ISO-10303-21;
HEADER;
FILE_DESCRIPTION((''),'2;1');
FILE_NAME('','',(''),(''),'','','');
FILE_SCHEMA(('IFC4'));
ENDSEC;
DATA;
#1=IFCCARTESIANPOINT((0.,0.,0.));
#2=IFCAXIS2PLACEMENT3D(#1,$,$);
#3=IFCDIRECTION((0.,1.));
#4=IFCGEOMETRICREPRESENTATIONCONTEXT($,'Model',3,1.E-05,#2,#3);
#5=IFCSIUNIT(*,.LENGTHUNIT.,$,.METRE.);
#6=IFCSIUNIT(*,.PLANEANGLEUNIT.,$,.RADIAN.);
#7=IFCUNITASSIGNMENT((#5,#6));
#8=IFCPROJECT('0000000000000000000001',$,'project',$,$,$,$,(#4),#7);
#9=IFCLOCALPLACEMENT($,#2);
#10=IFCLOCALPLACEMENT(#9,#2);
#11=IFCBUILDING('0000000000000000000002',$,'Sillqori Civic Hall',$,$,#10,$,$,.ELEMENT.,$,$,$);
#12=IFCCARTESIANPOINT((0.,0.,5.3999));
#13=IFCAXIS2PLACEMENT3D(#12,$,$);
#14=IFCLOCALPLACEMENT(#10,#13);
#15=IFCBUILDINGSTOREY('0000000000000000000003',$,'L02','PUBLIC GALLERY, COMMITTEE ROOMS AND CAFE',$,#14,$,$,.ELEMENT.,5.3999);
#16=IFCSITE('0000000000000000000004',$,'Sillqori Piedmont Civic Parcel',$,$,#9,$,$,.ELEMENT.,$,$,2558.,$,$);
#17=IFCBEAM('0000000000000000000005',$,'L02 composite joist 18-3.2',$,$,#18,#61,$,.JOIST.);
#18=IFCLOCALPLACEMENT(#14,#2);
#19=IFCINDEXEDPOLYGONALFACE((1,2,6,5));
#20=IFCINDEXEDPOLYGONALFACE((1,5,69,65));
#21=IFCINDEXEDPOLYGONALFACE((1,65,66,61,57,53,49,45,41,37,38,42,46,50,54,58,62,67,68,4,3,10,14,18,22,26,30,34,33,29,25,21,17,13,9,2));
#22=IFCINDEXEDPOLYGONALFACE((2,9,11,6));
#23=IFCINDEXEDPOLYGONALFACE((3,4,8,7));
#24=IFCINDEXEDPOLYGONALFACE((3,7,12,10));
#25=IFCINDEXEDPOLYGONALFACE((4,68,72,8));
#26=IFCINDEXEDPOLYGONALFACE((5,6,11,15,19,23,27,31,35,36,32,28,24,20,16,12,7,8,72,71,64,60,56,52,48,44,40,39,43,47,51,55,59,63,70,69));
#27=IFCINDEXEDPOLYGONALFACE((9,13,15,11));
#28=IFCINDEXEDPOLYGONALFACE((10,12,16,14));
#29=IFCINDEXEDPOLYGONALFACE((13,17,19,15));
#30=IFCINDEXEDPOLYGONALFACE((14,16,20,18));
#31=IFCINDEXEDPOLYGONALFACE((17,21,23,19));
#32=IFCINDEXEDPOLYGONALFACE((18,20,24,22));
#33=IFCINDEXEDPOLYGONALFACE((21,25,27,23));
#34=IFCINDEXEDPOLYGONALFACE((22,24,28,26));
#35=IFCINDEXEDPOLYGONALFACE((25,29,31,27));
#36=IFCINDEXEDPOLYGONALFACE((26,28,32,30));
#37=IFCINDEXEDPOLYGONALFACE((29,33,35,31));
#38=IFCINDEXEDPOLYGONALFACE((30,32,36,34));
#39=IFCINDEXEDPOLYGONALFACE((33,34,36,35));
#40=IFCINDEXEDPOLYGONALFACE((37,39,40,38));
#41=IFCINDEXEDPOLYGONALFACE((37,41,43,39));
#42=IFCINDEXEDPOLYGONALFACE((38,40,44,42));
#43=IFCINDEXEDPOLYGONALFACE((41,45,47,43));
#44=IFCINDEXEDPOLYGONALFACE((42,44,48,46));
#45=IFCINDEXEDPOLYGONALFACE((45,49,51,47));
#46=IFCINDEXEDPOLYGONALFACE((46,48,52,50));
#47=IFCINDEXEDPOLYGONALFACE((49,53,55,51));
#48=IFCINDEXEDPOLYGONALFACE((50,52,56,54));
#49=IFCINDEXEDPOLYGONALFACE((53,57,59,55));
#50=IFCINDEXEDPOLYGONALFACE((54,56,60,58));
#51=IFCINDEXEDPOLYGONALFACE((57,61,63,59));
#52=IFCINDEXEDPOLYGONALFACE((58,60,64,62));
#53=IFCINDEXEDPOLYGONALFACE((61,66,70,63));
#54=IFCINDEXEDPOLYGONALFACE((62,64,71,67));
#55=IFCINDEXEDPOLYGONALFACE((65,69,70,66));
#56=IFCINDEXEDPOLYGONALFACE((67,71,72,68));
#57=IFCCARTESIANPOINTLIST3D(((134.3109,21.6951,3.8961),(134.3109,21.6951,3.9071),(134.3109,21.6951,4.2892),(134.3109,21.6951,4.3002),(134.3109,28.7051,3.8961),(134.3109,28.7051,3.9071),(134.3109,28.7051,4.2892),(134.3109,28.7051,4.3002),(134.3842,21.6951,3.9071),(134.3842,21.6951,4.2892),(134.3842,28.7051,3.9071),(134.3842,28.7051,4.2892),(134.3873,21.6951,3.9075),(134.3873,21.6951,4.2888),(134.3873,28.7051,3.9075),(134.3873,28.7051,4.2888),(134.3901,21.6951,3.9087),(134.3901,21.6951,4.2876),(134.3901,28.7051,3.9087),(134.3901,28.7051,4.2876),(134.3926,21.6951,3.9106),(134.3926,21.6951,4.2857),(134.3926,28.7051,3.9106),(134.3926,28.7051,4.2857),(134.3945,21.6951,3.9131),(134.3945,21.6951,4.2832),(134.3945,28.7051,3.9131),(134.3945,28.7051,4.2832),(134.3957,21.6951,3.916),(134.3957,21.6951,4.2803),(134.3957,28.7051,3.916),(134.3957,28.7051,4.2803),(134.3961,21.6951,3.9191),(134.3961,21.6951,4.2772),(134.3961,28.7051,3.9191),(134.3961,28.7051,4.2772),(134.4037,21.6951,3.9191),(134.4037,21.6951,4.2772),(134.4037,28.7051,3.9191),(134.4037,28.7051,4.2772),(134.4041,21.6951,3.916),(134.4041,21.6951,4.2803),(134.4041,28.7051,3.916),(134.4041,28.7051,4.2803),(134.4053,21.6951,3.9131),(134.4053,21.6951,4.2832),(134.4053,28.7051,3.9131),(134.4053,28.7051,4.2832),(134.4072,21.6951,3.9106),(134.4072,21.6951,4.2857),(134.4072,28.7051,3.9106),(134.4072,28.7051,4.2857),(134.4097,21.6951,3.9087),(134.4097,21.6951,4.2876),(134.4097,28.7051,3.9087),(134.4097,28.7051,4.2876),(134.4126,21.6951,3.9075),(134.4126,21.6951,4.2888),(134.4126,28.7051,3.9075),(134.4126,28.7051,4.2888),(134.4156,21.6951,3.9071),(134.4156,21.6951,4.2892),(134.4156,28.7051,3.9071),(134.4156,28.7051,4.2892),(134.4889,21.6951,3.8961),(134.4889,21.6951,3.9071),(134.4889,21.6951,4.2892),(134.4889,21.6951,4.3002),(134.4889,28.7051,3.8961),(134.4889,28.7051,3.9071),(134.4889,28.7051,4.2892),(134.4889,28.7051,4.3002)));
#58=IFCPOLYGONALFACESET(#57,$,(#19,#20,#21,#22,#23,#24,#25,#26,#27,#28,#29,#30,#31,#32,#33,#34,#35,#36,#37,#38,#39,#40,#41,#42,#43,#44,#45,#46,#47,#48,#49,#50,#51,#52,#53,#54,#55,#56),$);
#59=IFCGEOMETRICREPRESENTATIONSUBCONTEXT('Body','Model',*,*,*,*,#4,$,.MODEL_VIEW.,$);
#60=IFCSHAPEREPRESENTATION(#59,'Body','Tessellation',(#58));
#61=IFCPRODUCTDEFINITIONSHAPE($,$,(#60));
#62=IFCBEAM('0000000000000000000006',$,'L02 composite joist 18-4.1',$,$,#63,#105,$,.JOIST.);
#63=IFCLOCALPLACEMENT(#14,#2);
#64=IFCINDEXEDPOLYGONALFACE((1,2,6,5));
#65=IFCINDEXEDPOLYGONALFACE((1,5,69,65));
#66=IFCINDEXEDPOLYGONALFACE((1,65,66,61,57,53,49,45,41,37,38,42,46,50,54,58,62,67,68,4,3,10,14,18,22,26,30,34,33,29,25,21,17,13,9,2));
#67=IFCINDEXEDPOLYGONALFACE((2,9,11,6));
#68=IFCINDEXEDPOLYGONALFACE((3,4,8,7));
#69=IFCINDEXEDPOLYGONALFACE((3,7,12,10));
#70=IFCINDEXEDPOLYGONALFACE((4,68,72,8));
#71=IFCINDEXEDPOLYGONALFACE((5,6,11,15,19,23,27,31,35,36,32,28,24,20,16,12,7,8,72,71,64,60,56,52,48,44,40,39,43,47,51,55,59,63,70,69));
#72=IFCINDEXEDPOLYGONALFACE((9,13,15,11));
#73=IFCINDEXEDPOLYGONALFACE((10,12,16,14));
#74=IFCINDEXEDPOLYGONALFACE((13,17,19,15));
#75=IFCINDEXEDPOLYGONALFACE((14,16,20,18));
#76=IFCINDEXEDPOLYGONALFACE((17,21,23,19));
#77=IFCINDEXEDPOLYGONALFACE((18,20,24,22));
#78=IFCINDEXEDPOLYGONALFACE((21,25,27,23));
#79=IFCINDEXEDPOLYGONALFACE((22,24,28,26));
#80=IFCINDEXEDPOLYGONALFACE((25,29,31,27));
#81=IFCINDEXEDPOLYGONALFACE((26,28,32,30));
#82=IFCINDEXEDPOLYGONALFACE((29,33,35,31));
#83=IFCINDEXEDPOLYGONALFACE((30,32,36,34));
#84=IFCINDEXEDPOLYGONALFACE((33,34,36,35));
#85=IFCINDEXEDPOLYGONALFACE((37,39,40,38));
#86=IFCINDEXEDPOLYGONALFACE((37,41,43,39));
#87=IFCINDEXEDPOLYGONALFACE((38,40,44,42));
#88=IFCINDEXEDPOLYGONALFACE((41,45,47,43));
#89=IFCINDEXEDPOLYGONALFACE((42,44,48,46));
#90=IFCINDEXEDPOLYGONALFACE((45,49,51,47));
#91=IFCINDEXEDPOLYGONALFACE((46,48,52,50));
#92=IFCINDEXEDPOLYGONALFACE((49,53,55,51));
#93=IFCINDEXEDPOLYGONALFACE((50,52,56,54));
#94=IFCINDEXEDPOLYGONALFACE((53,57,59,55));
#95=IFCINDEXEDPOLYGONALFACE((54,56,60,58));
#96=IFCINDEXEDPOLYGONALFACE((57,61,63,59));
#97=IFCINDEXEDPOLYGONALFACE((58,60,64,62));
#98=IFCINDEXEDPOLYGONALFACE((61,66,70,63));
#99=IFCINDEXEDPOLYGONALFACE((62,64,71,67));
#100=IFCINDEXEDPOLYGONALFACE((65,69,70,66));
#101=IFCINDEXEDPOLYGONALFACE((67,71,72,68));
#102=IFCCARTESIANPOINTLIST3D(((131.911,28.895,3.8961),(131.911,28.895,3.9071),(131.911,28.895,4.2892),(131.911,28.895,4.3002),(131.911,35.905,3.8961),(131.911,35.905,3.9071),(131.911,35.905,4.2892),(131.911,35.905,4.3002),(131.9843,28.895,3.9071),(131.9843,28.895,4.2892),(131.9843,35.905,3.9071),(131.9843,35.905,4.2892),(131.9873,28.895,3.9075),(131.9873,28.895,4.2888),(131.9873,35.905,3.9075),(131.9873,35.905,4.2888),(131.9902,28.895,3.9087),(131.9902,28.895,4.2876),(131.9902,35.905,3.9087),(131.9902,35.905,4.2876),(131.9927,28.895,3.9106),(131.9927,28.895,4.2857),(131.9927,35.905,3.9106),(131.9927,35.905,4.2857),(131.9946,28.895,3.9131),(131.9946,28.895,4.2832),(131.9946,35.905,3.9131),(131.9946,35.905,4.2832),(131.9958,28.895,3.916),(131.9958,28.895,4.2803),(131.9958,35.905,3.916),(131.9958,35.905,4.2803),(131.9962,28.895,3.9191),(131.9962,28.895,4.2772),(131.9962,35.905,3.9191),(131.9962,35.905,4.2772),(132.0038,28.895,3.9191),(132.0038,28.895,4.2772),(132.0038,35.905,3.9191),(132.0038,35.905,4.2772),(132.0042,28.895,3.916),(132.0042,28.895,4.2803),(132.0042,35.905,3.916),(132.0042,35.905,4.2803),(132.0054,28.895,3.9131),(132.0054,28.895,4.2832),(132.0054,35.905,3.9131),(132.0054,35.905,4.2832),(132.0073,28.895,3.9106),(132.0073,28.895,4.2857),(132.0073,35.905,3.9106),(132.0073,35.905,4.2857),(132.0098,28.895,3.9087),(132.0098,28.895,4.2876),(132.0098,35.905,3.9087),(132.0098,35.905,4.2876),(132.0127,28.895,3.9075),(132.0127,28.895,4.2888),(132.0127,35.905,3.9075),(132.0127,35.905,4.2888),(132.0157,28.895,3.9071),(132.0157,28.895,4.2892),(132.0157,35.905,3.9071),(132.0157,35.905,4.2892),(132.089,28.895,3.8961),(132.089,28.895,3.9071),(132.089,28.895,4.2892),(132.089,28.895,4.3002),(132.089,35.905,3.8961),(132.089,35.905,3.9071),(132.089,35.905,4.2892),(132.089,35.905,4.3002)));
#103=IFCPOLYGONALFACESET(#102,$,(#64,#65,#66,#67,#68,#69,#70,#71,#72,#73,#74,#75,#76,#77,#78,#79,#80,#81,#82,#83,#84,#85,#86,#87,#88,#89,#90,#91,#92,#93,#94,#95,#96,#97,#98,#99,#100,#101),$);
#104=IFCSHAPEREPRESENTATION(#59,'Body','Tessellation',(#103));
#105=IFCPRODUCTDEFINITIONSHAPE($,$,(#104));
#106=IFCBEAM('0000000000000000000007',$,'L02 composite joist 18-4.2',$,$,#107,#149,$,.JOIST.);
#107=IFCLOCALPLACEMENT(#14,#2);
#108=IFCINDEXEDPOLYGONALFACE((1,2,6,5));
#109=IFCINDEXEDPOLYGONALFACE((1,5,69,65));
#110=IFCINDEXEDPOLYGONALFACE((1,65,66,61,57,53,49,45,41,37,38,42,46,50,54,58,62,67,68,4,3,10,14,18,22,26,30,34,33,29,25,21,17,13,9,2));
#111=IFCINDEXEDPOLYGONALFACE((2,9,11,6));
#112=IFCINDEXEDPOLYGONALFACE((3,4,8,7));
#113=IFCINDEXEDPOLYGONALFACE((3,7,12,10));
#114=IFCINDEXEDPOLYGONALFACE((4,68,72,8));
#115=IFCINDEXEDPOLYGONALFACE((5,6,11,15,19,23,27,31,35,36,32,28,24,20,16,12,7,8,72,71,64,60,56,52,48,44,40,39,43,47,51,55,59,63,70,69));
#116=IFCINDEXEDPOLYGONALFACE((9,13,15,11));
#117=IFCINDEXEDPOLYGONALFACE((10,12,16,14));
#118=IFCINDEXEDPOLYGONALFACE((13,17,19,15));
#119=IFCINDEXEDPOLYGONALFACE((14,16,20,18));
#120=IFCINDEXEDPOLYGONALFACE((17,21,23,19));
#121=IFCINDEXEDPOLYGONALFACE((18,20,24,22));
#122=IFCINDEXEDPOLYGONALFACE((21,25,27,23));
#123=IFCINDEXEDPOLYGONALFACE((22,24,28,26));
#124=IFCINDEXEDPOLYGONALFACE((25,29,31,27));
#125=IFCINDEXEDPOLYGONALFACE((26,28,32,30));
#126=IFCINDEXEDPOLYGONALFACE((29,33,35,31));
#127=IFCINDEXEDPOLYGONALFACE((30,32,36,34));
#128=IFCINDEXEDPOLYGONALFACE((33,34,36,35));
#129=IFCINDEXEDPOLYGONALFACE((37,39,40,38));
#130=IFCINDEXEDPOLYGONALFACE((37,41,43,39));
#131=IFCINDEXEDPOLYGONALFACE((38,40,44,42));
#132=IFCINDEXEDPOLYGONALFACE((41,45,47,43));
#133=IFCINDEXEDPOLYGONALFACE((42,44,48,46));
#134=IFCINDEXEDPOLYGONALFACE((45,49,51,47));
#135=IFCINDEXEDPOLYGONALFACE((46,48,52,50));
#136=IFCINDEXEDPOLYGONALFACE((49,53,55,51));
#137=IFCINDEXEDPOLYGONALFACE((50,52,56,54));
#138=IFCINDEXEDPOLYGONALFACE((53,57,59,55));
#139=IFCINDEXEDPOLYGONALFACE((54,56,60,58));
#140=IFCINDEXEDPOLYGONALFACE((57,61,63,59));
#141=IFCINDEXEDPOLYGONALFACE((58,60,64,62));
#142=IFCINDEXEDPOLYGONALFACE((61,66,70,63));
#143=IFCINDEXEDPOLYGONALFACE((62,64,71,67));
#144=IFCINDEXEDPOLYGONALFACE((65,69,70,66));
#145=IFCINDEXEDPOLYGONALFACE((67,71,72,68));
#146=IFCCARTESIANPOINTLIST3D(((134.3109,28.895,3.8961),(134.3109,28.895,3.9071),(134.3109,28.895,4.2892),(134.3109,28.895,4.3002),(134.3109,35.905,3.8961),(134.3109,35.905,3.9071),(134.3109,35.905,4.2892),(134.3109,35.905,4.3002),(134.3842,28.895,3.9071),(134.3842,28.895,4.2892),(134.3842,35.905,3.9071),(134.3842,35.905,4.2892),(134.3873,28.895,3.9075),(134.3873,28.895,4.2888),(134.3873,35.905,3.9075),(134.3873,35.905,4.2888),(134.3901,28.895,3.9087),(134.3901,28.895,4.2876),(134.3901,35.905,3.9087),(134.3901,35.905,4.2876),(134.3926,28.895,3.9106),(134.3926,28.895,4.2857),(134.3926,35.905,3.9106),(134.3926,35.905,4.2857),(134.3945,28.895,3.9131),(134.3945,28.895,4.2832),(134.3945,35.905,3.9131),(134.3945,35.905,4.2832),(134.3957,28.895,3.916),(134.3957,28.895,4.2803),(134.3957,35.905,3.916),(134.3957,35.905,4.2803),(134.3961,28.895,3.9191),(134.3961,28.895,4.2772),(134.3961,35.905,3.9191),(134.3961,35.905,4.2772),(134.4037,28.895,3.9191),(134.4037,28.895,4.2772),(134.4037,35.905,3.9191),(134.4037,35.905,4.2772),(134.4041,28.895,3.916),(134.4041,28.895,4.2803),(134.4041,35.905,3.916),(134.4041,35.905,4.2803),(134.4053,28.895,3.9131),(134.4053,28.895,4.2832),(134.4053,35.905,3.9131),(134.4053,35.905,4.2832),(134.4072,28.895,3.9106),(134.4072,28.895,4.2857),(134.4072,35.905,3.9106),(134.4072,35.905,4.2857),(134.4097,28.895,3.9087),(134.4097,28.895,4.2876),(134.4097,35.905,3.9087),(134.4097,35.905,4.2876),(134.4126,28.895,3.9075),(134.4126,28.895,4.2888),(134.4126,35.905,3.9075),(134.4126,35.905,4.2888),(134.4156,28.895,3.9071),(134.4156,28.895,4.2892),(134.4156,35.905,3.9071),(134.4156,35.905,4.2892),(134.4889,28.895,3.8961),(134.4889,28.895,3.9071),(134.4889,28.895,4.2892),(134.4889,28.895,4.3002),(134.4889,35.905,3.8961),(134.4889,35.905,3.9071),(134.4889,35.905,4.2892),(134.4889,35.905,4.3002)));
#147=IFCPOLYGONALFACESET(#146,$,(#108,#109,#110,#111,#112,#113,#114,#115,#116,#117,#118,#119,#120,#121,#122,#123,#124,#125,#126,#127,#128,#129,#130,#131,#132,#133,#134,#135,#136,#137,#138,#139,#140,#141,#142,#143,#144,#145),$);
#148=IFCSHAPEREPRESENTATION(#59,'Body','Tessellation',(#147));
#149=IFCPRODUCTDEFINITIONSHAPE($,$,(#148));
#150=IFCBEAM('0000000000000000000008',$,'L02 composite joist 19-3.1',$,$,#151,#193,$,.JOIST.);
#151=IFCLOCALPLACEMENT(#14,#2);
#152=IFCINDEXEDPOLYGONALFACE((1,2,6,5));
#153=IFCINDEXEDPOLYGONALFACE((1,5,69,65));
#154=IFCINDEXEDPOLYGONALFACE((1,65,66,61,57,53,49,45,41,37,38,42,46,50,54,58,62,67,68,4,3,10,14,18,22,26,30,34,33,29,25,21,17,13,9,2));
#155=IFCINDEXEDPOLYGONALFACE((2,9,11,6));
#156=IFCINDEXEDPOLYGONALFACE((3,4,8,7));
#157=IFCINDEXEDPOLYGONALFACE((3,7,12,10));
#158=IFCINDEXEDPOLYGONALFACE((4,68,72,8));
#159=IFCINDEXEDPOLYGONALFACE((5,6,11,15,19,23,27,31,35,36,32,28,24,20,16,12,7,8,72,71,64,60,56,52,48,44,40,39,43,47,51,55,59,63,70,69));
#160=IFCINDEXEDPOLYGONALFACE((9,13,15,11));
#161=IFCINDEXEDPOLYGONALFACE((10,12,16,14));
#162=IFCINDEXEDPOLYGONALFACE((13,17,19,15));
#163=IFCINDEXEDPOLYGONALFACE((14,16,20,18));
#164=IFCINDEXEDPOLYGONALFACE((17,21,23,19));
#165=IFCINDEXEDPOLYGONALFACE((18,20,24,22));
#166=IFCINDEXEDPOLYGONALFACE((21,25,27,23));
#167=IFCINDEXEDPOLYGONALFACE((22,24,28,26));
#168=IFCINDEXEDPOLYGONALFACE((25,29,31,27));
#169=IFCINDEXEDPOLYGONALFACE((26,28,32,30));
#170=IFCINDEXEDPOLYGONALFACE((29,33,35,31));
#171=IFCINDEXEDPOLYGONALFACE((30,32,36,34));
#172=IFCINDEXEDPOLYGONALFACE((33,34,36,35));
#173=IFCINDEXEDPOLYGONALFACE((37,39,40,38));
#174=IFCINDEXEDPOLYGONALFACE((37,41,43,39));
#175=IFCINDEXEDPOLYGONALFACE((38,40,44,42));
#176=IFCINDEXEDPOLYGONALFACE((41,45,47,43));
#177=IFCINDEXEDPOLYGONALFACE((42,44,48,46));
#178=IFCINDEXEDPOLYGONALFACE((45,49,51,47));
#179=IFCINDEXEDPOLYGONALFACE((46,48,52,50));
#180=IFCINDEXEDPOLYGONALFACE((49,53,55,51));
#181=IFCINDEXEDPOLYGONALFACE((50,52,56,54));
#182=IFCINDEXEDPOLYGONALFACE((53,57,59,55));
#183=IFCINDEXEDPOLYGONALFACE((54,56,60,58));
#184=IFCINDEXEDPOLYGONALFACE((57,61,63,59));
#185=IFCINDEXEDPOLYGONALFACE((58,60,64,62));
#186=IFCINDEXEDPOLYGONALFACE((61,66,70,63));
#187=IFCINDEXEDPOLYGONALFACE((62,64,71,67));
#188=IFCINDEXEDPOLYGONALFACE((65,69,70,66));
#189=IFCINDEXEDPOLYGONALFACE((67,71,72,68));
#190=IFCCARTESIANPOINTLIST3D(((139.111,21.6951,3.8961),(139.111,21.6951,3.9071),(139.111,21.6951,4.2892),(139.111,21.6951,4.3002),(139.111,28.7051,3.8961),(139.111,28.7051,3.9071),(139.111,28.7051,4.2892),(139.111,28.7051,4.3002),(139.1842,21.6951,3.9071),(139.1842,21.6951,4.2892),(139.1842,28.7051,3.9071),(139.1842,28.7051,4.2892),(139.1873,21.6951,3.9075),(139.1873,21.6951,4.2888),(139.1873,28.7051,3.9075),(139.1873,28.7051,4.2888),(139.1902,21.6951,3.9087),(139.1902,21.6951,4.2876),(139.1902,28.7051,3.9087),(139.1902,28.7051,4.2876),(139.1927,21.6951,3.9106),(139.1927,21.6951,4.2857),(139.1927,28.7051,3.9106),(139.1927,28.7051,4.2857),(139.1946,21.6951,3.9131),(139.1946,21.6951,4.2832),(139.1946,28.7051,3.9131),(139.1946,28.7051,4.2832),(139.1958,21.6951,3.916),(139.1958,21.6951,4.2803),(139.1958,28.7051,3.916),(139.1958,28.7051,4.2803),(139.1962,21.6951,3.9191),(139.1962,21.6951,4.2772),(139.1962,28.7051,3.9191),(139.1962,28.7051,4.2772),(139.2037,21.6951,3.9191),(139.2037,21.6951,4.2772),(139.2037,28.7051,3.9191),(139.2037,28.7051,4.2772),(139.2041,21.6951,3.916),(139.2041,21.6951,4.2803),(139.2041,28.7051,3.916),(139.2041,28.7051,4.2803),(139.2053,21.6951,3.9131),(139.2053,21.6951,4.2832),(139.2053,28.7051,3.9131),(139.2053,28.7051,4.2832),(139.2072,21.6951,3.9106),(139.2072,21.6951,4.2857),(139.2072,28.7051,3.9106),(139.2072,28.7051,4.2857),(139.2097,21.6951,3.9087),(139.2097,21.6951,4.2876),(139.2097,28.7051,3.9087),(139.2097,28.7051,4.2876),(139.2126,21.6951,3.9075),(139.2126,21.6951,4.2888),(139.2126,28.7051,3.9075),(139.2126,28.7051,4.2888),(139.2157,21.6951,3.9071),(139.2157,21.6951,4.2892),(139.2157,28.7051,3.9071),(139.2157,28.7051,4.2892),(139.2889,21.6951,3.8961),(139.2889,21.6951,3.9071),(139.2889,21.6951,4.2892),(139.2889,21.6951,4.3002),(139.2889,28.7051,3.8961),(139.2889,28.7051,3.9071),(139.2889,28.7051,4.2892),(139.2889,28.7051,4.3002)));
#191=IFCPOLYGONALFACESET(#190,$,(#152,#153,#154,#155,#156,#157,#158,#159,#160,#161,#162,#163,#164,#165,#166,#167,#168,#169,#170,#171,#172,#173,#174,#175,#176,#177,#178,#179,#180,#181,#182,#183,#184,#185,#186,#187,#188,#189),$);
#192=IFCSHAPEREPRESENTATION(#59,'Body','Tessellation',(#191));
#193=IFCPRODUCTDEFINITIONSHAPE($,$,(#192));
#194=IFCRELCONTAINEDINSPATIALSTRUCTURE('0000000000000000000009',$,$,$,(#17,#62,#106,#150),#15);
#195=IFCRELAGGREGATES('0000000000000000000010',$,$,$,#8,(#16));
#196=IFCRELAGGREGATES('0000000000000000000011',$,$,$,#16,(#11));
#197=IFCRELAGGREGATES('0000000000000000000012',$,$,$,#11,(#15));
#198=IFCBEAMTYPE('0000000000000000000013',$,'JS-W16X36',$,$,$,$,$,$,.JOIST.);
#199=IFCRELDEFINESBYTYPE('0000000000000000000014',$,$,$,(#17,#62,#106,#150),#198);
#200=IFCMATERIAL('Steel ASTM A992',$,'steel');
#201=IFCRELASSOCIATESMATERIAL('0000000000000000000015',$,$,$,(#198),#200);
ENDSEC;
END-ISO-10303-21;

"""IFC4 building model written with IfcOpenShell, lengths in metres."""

from ifc_helpers import new_model, si_unit, direction, frame, origin, origin_2d, place, context, subcontext, project, spatial, i_section, extrude, material, material_profile, profile_set, type_object, element, save


model = new_model("IFC4")

# Units and contexts
model_context = context("Model", 3, precision=1e-05, world=origin(), true_north=direction((0.0, 1.0)))
body_context = subcontext(model_context, "Body", "Model", "MODEL_VIEW")
ifc_project = project(units=[si_unit("LENGTHUNIT", "METRE"), si_unit("PLANEANGLEUNIT", "RADIAN")], contexts=[model_context])

# Site, building, storey
site_placement = place(None, origin())
site = spatial("IfcSite", under=ifc_project, at=site_placement, Name="Sillqori Piedmont Civic Parcel", CompositionType="ELEMENT", RefElevation=2558.0)
building_placement = place(site_placement, origin())
building = spatial("IfcBuilding", under=site, at=building_placement, Name="Sillqori Civic Hall", CompositionType="ELEMENT")
storey_placement = place(building_placement, frame((0.0, 0.0, 5.3999)))
storey = spatial("IfcBuildingStorey", under=building, at=storey_placement, Name="L02", Description="PUBLIC GALLERY, COMMITTEE ROOMS AND CAFE", CompositionType="ELEMENT", Elevation=5.3999)

# Shared definitions
ifc_material_1 = material(Name="Steel ASTM A992", Category="steel")

# Beams
ifc_material_profile_1 = material_profile(ifc_material_1, i_section(OverallWidth=0.178, OverallDepth=0.4041, WebThickness=0.0076, FlangeThickness=0.011, FilletRadius=0.012, at=origin_2d()), Name="W16X36")
ifc_profile_set_1 = profile_set([ifc_material_profile_1], Name="Steel ASTM A992")
beam_type_1 = type_object("IfcBeamType", Name="JS-W16X36", PredefinedType="JOIST", material=ifc_profile_set_1)
for number, where, z_axis, x_axis, name in (
    (1, (134.3999, 21.6951, 4.0981), (0.0, 1.0, 0.0), (-1.0, 0.0, 0.0), "L02 composite joist 18-3.2"),
    (2, (132.0, 28.895, 4.0981), (0.0, 1.0, 0.0), (-1.0, 0.0, 0.0), "L02 composite joist 18-4.1"),
    (3, (134.3999, 28.895, 4.0981), (0.0, 1.0, 0.0), (-1.0, 0.0, 0.0), "L02 composite joist 18-4.2"),
    (4, (139.2, 21.6951, 4.0981), (0.0, 1.0, 0.0), (-1.0, 0.0, 0.0), "L02 composite joist 19-3.1"),
):
    element("IfcBeam", number, at=place(storey_placement, frame(where, z_axis=z_axis, x_axis=x_axis)), inside=storey, type_object=beam_type_1, Name=name, PredefinedType="JOIST", context=body_context, shape_type="SweptSolid", body=[
        extrude(i_section(OverallWidth=0.178, OverallDepth=0.4041, WebThickness=0.0076, FlangeThickness=0.011, FilletRadius=0.012, at=origin_2d()), origin(), (0.0, 0.0, 1.0), 7.01),
    ])

save(model, "model.ifc")
